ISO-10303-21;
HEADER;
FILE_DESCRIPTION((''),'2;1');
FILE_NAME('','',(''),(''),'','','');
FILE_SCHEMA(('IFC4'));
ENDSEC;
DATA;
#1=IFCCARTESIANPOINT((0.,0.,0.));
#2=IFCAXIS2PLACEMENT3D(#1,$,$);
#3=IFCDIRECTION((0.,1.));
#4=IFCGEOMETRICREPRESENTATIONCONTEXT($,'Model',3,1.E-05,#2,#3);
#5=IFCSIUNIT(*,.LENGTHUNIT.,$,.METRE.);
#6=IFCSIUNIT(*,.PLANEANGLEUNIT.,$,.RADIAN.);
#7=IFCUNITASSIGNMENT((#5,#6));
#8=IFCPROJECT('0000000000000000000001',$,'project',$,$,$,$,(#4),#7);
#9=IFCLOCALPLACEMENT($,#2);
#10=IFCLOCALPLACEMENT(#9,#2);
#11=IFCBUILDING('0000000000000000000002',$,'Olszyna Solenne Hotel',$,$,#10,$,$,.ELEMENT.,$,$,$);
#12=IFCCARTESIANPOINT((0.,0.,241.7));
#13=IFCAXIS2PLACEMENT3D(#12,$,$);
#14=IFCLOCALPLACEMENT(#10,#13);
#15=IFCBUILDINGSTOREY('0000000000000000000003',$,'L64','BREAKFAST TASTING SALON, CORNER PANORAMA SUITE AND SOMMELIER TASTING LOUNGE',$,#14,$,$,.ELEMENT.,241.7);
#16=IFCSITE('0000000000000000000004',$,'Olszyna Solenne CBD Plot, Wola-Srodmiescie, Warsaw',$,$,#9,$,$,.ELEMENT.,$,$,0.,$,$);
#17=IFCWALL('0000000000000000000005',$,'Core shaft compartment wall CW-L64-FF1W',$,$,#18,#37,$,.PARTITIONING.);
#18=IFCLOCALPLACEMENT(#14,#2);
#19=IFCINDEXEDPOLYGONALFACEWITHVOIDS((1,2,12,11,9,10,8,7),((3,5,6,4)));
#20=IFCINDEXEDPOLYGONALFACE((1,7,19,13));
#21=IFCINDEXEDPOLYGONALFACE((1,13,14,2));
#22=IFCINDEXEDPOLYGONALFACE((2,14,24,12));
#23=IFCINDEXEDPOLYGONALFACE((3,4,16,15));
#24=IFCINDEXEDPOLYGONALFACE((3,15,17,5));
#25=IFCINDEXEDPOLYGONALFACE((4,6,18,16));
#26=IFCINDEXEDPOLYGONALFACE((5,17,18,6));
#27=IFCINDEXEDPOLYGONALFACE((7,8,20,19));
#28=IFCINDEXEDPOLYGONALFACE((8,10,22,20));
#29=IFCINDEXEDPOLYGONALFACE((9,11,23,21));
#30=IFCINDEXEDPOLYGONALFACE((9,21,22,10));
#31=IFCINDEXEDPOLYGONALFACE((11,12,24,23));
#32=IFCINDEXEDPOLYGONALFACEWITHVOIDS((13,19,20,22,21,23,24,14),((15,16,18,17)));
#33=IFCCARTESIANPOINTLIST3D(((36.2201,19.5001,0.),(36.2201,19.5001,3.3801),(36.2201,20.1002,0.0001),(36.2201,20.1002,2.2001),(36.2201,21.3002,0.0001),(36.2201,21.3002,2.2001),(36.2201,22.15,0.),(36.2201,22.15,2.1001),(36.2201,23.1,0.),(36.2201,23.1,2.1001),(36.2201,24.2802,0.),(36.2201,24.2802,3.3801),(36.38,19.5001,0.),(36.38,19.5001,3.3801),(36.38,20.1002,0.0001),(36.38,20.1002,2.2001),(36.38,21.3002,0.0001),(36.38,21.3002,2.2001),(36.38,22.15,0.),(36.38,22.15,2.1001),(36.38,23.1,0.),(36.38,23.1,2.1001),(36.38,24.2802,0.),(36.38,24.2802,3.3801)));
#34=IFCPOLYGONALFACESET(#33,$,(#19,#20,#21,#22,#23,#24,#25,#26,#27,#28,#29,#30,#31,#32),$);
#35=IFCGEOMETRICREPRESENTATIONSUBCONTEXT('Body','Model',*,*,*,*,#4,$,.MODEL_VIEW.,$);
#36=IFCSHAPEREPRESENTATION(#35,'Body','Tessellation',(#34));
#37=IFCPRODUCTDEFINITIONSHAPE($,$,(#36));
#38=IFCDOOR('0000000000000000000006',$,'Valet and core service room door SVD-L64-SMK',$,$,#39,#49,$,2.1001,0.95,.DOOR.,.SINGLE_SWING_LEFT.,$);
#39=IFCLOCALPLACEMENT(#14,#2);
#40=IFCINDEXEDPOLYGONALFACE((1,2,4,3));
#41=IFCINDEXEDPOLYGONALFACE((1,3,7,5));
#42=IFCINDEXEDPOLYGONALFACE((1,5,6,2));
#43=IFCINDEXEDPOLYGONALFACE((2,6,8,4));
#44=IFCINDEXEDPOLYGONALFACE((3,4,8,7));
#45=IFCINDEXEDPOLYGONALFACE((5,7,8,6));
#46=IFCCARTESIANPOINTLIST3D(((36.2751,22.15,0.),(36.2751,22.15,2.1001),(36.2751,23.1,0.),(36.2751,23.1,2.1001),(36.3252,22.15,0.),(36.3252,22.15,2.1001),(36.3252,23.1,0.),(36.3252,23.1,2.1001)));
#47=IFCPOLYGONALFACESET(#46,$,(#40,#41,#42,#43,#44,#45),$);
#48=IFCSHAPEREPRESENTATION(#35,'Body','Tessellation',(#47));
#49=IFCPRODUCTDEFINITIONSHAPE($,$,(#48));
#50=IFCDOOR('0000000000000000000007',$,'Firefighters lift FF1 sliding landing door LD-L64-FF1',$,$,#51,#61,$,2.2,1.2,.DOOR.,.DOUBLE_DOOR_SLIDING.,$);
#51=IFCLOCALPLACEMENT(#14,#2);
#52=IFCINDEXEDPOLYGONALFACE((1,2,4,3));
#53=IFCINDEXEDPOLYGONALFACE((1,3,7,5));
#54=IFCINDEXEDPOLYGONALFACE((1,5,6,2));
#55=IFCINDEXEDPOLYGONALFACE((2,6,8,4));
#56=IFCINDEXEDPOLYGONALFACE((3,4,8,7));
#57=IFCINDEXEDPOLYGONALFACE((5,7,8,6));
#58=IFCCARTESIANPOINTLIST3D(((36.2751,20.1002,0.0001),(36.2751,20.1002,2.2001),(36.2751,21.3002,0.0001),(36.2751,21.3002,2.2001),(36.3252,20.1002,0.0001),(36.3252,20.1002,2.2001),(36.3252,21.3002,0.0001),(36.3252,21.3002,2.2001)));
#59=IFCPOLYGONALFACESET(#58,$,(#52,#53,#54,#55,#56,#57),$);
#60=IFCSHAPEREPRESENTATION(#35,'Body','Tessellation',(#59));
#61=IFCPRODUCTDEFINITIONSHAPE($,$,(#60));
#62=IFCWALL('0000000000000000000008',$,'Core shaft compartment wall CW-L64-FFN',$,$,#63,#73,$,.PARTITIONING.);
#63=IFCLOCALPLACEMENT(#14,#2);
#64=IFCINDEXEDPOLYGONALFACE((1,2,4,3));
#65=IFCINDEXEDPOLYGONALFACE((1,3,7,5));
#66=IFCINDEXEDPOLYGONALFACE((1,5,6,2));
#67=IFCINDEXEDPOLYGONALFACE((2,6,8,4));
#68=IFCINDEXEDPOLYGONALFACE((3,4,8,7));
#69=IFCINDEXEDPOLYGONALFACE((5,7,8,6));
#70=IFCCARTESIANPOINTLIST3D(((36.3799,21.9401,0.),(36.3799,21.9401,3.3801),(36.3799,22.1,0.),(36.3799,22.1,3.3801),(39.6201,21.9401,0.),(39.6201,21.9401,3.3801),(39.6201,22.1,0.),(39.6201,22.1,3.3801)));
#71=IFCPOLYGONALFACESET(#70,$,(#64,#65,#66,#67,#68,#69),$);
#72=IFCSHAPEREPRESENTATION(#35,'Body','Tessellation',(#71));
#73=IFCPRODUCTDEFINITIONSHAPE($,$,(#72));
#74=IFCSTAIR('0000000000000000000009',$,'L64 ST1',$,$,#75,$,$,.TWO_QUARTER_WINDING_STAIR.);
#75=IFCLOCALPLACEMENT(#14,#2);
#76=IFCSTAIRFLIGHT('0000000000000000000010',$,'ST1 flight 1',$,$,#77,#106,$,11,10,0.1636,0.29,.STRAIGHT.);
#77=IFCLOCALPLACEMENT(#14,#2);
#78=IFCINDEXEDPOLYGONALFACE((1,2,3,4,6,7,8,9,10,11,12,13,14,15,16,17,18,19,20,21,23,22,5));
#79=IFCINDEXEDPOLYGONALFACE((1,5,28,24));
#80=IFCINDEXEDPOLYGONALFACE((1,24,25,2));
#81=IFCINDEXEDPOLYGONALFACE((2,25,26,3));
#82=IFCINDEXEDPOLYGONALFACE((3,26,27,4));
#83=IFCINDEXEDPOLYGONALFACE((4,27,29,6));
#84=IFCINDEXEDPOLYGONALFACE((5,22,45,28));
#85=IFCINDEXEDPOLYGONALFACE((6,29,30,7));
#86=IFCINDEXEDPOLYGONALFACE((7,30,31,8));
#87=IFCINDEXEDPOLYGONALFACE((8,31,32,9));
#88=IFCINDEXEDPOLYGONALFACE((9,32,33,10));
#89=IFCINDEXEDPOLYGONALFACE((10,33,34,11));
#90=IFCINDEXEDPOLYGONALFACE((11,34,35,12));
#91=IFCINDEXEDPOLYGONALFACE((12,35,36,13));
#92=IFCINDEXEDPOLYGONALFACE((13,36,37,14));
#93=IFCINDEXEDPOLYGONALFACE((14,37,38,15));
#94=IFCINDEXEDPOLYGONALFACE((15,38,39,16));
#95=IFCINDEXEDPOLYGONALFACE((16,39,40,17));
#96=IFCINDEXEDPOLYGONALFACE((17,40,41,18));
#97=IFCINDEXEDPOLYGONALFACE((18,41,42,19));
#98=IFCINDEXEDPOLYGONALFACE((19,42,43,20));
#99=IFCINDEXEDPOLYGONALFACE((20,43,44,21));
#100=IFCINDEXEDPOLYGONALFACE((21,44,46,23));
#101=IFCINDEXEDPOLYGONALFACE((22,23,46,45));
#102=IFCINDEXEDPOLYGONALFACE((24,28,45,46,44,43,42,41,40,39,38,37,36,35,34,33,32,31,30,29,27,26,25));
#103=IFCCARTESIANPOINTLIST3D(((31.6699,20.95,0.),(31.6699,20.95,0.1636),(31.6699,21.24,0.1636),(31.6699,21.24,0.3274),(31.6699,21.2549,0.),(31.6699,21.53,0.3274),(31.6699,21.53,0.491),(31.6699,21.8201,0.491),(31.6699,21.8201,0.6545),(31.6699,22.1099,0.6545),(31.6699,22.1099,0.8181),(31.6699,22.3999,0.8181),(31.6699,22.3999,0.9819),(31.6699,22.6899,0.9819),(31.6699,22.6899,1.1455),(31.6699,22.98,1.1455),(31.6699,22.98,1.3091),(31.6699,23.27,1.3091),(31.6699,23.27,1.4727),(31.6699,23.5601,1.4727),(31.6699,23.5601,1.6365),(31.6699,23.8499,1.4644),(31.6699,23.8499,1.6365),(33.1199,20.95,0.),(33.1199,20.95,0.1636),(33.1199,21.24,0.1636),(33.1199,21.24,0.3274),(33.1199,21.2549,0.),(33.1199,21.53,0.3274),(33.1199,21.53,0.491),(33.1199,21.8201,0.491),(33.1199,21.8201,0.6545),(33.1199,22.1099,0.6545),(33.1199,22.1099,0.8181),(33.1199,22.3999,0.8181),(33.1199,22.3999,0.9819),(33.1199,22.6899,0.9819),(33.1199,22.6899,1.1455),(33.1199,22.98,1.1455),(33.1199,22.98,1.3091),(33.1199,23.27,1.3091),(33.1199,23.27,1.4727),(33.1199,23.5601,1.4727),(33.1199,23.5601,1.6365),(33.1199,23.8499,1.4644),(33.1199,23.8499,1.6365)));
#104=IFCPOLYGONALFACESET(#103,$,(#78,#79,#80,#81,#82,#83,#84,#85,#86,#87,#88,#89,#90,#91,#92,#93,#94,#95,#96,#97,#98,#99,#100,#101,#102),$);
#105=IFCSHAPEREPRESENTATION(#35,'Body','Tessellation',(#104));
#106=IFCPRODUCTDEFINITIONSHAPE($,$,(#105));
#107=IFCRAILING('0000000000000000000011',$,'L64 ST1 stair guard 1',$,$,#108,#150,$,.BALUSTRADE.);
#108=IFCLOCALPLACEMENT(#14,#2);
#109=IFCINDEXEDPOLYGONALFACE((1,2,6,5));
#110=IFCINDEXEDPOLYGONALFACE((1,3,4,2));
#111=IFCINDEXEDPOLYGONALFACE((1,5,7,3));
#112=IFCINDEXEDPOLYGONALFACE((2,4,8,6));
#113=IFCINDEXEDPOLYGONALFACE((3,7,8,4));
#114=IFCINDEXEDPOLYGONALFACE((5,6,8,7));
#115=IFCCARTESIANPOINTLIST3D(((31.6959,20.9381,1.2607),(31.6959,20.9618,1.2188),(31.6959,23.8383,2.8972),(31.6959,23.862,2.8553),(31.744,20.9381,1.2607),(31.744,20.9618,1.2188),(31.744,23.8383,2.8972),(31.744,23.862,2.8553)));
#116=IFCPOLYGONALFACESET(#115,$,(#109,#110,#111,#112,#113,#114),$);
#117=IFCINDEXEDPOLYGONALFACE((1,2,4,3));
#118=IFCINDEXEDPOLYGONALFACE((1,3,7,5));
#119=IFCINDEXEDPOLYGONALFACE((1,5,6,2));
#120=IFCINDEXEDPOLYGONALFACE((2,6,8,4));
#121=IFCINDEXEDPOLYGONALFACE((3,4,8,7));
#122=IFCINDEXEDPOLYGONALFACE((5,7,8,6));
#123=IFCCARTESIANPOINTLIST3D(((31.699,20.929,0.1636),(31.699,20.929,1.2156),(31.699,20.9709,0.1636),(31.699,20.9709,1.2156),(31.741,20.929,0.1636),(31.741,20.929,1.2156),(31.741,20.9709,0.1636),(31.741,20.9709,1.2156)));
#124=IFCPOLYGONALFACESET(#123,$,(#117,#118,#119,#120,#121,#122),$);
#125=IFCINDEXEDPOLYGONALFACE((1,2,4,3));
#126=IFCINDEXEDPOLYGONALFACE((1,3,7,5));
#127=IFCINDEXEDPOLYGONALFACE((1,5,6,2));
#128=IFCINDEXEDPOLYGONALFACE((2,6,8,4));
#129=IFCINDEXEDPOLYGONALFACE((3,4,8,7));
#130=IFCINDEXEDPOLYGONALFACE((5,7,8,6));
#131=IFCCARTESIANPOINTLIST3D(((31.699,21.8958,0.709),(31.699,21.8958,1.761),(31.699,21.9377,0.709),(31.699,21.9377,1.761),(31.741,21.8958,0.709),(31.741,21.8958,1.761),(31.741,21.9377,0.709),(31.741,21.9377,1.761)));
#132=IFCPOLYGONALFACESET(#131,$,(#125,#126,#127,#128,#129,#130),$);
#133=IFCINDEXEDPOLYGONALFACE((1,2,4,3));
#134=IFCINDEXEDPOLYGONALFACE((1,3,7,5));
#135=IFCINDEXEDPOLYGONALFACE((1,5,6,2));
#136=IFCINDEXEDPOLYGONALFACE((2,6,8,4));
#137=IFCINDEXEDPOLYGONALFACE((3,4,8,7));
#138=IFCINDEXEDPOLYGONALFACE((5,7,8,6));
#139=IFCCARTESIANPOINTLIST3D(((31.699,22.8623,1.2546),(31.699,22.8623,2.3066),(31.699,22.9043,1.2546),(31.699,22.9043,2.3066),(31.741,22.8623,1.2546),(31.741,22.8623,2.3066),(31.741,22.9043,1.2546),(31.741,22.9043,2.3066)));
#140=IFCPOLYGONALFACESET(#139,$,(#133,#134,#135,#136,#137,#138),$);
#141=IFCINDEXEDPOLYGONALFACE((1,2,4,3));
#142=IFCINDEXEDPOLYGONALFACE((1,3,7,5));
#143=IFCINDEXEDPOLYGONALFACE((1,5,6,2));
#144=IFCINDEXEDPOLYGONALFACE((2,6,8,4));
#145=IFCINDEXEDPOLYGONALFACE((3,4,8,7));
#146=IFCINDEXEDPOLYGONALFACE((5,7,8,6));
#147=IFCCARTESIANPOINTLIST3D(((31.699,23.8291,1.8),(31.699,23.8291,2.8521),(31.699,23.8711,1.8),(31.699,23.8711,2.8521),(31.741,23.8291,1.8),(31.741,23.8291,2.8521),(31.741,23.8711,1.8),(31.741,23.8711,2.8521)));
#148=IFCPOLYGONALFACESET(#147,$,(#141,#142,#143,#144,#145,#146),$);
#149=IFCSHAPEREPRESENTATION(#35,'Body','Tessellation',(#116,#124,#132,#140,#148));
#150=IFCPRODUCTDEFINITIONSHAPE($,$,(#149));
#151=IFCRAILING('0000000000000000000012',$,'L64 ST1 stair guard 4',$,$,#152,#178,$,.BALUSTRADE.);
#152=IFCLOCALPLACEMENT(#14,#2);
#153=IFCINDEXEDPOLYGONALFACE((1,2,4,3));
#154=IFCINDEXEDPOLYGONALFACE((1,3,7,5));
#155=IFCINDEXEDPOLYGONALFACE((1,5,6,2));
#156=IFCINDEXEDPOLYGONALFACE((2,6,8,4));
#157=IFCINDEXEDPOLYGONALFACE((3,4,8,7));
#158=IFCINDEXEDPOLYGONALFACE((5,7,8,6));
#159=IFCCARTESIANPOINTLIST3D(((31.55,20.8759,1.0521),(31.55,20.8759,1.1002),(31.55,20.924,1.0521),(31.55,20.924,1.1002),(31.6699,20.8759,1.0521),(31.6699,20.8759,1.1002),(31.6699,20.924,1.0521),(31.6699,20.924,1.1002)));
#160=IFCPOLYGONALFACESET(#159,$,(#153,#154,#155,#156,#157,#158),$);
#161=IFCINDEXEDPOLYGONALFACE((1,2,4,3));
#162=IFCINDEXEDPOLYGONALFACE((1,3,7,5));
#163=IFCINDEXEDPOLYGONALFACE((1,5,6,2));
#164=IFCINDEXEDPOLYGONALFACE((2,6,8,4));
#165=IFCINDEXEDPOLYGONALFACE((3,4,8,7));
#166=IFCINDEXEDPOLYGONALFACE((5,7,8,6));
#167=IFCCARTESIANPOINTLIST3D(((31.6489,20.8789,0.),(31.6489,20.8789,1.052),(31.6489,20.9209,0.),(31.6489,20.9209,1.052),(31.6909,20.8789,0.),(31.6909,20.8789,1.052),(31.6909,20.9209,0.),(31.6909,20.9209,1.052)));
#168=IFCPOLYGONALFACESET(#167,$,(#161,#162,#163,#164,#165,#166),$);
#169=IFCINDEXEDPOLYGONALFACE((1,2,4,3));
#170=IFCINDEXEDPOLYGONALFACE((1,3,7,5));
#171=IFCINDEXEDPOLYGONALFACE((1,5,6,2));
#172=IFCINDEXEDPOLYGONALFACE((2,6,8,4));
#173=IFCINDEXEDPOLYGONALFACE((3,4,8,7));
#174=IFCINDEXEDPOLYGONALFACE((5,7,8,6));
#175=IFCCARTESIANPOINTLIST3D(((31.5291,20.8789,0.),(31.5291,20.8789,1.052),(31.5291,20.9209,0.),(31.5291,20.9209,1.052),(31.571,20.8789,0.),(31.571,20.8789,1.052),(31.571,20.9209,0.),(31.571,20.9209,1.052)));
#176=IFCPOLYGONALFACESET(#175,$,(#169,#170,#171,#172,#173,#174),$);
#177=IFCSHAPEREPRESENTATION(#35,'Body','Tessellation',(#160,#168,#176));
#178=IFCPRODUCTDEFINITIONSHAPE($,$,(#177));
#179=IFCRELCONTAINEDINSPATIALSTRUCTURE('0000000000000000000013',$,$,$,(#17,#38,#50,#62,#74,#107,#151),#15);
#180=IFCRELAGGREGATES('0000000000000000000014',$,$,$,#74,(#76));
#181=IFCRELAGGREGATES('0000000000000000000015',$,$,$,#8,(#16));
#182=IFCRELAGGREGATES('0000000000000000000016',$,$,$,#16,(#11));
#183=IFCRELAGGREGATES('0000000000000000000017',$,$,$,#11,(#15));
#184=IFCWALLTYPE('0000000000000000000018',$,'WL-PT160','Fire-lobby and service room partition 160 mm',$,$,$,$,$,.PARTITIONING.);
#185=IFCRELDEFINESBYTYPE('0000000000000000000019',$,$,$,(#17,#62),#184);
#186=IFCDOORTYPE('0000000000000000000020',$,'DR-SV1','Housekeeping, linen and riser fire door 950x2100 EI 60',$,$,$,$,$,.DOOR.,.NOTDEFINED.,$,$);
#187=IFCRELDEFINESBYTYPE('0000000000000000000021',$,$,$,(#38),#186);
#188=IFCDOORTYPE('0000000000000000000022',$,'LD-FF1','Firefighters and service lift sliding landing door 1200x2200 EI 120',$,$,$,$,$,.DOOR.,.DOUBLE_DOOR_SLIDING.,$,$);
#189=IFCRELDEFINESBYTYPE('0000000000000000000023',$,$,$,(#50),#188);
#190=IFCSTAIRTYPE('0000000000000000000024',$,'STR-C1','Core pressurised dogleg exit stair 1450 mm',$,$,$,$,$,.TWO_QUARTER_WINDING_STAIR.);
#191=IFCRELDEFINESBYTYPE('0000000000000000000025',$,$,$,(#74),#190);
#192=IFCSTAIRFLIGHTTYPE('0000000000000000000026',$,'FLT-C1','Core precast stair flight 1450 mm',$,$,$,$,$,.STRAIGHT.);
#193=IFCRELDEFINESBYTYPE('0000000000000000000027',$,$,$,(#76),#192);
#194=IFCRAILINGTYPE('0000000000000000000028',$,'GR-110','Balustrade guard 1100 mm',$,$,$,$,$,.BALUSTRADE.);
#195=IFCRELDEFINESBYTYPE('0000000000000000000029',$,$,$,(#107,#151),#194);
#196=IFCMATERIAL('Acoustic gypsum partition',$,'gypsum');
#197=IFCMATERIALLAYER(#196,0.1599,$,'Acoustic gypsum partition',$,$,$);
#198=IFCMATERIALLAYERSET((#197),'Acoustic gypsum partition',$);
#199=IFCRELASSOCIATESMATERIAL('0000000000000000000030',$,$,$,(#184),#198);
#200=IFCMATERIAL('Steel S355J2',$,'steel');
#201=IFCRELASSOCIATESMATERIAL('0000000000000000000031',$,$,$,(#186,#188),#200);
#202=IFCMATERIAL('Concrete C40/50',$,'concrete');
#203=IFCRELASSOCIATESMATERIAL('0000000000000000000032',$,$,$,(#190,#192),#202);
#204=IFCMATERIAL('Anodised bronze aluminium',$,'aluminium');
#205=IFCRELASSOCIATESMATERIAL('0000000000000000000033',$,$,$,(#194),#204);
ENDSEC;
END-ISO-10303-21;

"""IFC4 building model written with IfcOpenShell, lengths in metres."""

from ifc_helpers import new_model, si_unit, direction, frame, frame_2d, origin, origin_2d, place, context, subcontext, project, spatial, polyline, rectangle, outline, extrude, source, transform, mapped, material, layer, layer_set, type_object, type_shapes, element, fill, aggregate, save


model = new_model("IFC4")

# Units and contexts
model_context = context("Model", 3, precision=1e-05, world=origin(), true_north=direction((0.0, 1.0)))
body_context = subcontext(model_context, "Body", "Model", "MODEL_VIEW")
ifc_project = project(units=[si_unit("LENGTHUNIT", "METRE"), si_unit("PLANEANGLEUNIT", "RADIAN")], contexts=[model_context])

# Site, building, storey
site_placement = place(None, origin())
site = spatial("IfcSite", under=ifc_project, at=site_placement, Name="Olszyna Solenne CBD Plot, Wola-Srodmiescie, Warsaw", CompositionType="ELEMENT", RefElevation=0.0)
building_placement = place(site_placement, origin())
building = spatial("IfcBuilding", under=site, at=building_placement, Name="Olszyna Solenne Hotel", CompositionType="ELEMENT")
storey_placement = place(building_placement, frame((0.0, 0.0, 241.7)))
storey = spatial("IfcBuildingStorey", under=building, at=storey_placement, Name="L64", Description="BREAKFAST TASTING SALON, CORNER PANORAMA SUITE AND SOMMELIER TASTING LOUNGE", CompositionType="ELEMENT", Elevation=241.7)

# Shared definitions
ifc_material_1 = material(Name="Steel S355J2", Category="steel")

# Shared definitions
ifc_material_2 = material(Name="Anodised bronze aluminium", Category="aluminium")

# Shared definitions
ifc_material_3 = material(Name="Acoustic gypsum partition", Category="gypsum")
ifc_layer_1 = layer(ifc_material_3, 0.1599, Name="Acoustic gypsum partition")
ifc_layer_set_1 = layer_set([ifc_layer_1], Name="Acoustic gypsum partition")
wall_type_1 = type_object("IfcWallType", Name="WL-PT160", Description="Fire-lobby and service room partition 160 mm", PredefinedType="PARTITIONING", material=ifc_layer_set_1)

# Wall, openings, doors
wall_1_placement = place(storey_placement, frame((36.3, 19.5, 0.0), z_axis=(0.0, 0.0, 1.0), x_axis=(0.0, 1.0, 0.0)))
wall_1 = element("IfcWall", 1, at=wall_1_placement, inside=storey, type_object=wall_type_1, Name="Core shaft compartment wall CW-L64-FF1W", PredefinedType="PARTITIONING", context=body_context, shape_type="SweptSolid", body=[
    extrude(rectangle(XDim=4.78, YDim=0.1599, at=frame_2d((2.3901, 0.0))), origin(), (0.0, 0.0, 1.0), 3.3801),
])
opening_1_placement = place(wall_1_placement, frame((0.6001, 0.0, 0.0)))
opening_1 = element("IfcOpeningElement", 2, at=opening_1_placement, cuts=wall_1, PredefinedType="OPENING", context=body_context, shape_type="SweptSolid", body=[
    extrude(rectangle(XDim=1.2, YDim=2.2, at=frame_2d((0.6001, 1.1001))), frame((0.0, 0.0898, 0.0), z_axis=(0.0, -1.0, 0.0), x_axis=(1.0, 0.0, 0.0)), (0.0, 0.0, 1.0), 0.1799),
])
opening_2_placement = place(wall_1_placement, frame((2.6499, 0.0, 0.0)))
opening_2 = element("IfcOpeningElement", 3, at=opening_2_placement, cuts=wall_1, PredefinedType="OPENING", context=body_context, shape_type="SweptSolid", body=[
    extrude(rectangle(XDim=0.95, YDim=2.1001, at=frame_2d((0.4751, 1.05))), frame((0.0, 0.0898, 0.0), z_axis=(0.0, -1.0, 0.0), x_axis=(1.0, 0.0, 0.0)), (0.0, 0.0, 1.0), 0.1799),
])
door_type_1 = type_object("IfcDoorType", Name="DR-SV1", Description="Housekeeping, linen and riser fire door 950x2100 EI 60", OperationType="NOTDEFINED", PredefinedType="DOOR", material=ifc_material_1)
shared_shape_1 = source(origin(), body_context, "Body", "SweptSolid", [
    extrude(rectangle(XDim=0.95, YDim=2.1001, at=frame_2d((0.4751, 1.05))), frame((0.0, 0.0249, 0.0), z_axis=(0.0, -1.0, 0.0), x_axis=(1.0, 0.0, 0.0)), (0.0, 0.0, 1.0), 0.05),
])
type_shapes(door_type_1, [shared_shape_1])
door_1_placement = place(opening_2_placement, origin())
door_1 = element("IfcDoor", 4, at=door_1_placement, inside=storey, type_object=door_type_1, Name="Valet and core service room door SVD-L64-SMK", OperationType="SINGLE_SWING_LEFT", OverallHeight=2.1001, OverallWidth=0.95, PredefinedType="DOOR", context=body_context, shape_type="MappedRepresentation", body=[
    mapped(shared_shape_1, transform((0.0, 0.0, 0.0), x_axis=(1.0, 0.0, 0.0), y_axis=(0.0, 1.0, 0.0), z_axis=(0.0, 0.0, 1.0), scale=1.0)),
])
fill(opening_2, door_1)
door_type_2 = type_object("IfcDoorType", Name="LD-FF1", Description="Firefighters and service lift sliding landing door 1200x2200 EI 120", OperationType="DOUBLE_DOOR_SLIDING", PredefinedType="DOOR", material=ifc_material_1)
shared_shape_2 = source(origin(), body_context, "Body", "SweptSolid", [
    extrude(rectangle(XDim=1.2, YDim=2.2, at=frame_2d((0.6001, 1.1001))), frame((0.0, 0.0249, 0.0), z_axis=(0.0, -1.0, 0.0), x_axis=(1.0, 0.0, 0.0)), (0.0, 0.0, 1.0), 0.05),
])
type_shapes(door_type_2, [shared_shape_2])
door_2_placement = place(opening_1_placement, origin())
door_2 = element("IfcDoor", 5, at=door_2_placement, inside=storey, type_object=door_type_2, Name="Firefighters lift FF1 sliding landing door LD-L64-FF1", OperationType="DOUBLE_DOOR_SLIDING", OverallHeight=2.2, OverallWidth=1.2, PredefinedType="DOOR", context=body_context, shape_type="MappedRepresentation", body=[
    mapped(shared_shape_2, transform((0.0, 0.0, 0.0), x_axis=(1.0, 0.0, 0.0), y_axis=(0.0, 1.0, 0.0), z_axis=(0.0, 0.0, 1.0), scale=1.0)),
])
fill(opening_1, door_2)

# Wall
wall_2_placement = place(storey_placement, frame((36.3799, 22.02, 0.0), z_axis=(0.0, 0.0, 1.0), x_axis=(1.0, 0.0, 0.0)))
element("IfcWall", 6, at=wall_2_placement, inside=storey, type_object=wall_type_1, Name="Core shaft compartment wall CW-L64-FFN", PredefinedType="PARTITIONING", context=body_context, shape_type="SweptSolid", body=[
    extrude(rectangle(XDim=3.2402, YDim=0.1599, at=frame_2d((1.6201, 0.0))), origin(), (0.0, 0.0, 1.0), 3.3801),
])

# Stair, stair flight
ifc_material_4 = material(Name="Concrete C40/50", Category="concrete")
stair_type = type_object("IfcStairType", Name="STR-C1", Description="Core pressurised dogleg exit stair 1450 mm", PredefinedType="TWO_QUARTER_WINDING_STAIR", material=ifc_material_4)
stair_placement = place(storey_placement, origin())
stair = element("IfcStair", 7, at=stair_placement, inside=storey, type_object=stair_type, Name="L64 ST1", PredefinedType="TWO_QUARTER_WINDING_STAIR")
stair_flight_type = type_object("IfcStairFlightType", Name="FLT-C1", Description="Core precast stair flight 1450 mm", PredefinedType="STRAIGHT", material=ifc_material_4)
stair_flight_placement = place(storey_placement, frame((32.395, 20.95, 0.0), z_axis=(0.0, 0.0, 1.0), x_axis=(0.0, 1.0, 0.0)))
stair_flight = element("IfcStairFlight", 8, at=stair_flight_placement, type_object=stair_flight_type, Name="ST1 flight 1", NumberOfRisers=11, NumberOfTreads=10, PredefinedType="STRAIGHT", RiserHeight=0.1636, TreadLength=0.29, context=body_context, shape_type="SweptSolid", body=[
    extrude(outline(polyline([(0.0, 0.0), (0.0, 0.1636), (0.29, 0.1636), (0.29, 0.3274), (0.5801, 0.3274), (0.5801, 0.491), (0.8701, 0.491), (0.8701, 0.6545), (1.1599, 0.6545), (1.1599, 0.8181), (1.45, 0.8181), (1.45, 0.9819), (1.74, 0.9819), (1.74, 1.1455), (2.03, 1.1455), (2.03, 1.3091), (2.3201, 1.3091), (2.3201, 1.4727), (2.6101, 1.4727), (2.6101, 1.6365), (2.8999, 1.6365), (2.8999, 1.8), (2.8999, 1.4644), (0.3049, 0.0), (0.0, 0.0)])), frame((0.0, 0.7251, 0.0), z_axis=(0.0, -1.0, 0.0), x_axis=(1.0, 0.0, 0.0)), (0.0, 0.0, 1.0), 1.45),
])
aggregate(stair, [stair_flight])

# Railings
railing_type_1 = type_object("IfcRailingType", Name="GR-110", Description="Balustrade guard 1100 mm", PredefinedType="BALUSTRADE", material=ifc_material_2)
railing_1_placement = place(storey_placement, frame((31.72, 20.95, 0.1636)))
element("IfcRailing", 9, at=railing_1_placement, inside=storey, type_object=railing_type_1, Name="L64 ST1 stair guard 1", PredefinedType="BALUSTRADE", context=body_context, shape_type="SweptSolid", body=[
    extrude(rectangle(XDim=0.0481, YDim=0.0481, at=origin_2d()), frame((0.0, 0.0, 1.0762), z_axis=(0.0, 0.870915, 0.491434), x_axis=(-1.0, 0.0, 0.0)), (0.0, 0.0, 1.0), 3.3301),
    extrude(rectangle(XDim=0.042, YDim=0.042, at=origin_2d()), origin(), (0.0, 0.0, 1.0), 1.052),
    extrude(rectangle(XDim=0.042, YDim=0.042, at=origin_2d()), frame((0.0, 0.9668, 0.5454)), (0.0, 0.0, 1.0), 1.052),
    extrude(rectangle(XDim=0.042, YDim=0.042, at=origin_2d()), frame((0.0, 1.9333, 1.0911)), (0.0, 0.0, 1.0), 1.052),
    extrude(rectangle(XDim=0.042, YDim=0.042, at=origin_2d()), frame((0.0, 2.9001, 1.6365)), (0.0, 0.0, 1.0), 1.052),
])
railing_2_placement = place(storey_placement, frame((31.6699, 20.8999, 0.0)))
element("IfcRailing", 10, at=railing_2_placement, inside=storey, type_object=railing_type_1, Name="L64 ST1 stair guard 4", PredefinedType="BALUSTRADE", context=body_context, shape_type="SweptSolid", body=[
    extrude(rectangle(XDim=0.0481, YDim=0.0481, at=origin_2d()), frame((0.0, 0.0, 1.0762), z_axis=(-1.0, 0.0, 0.0), x_axis=(0.0, -1.0, 0.0)), (0.0, 0.0, 1.0), 0.1199),
    extrude(rectangle(XDim=0.042, YDim=0.042, at=origin_2d()), origin(), (0.0, 0.0, 1.0), 1.052),
    extrude(rectangle(XDim=0.042, YDim=0.042, at=origin_2d()), frame((-0.1199, 0.0, 0.0)), (0.0, 0.0, 1.0), 1.052),
])

save(model, "model.ifc")
